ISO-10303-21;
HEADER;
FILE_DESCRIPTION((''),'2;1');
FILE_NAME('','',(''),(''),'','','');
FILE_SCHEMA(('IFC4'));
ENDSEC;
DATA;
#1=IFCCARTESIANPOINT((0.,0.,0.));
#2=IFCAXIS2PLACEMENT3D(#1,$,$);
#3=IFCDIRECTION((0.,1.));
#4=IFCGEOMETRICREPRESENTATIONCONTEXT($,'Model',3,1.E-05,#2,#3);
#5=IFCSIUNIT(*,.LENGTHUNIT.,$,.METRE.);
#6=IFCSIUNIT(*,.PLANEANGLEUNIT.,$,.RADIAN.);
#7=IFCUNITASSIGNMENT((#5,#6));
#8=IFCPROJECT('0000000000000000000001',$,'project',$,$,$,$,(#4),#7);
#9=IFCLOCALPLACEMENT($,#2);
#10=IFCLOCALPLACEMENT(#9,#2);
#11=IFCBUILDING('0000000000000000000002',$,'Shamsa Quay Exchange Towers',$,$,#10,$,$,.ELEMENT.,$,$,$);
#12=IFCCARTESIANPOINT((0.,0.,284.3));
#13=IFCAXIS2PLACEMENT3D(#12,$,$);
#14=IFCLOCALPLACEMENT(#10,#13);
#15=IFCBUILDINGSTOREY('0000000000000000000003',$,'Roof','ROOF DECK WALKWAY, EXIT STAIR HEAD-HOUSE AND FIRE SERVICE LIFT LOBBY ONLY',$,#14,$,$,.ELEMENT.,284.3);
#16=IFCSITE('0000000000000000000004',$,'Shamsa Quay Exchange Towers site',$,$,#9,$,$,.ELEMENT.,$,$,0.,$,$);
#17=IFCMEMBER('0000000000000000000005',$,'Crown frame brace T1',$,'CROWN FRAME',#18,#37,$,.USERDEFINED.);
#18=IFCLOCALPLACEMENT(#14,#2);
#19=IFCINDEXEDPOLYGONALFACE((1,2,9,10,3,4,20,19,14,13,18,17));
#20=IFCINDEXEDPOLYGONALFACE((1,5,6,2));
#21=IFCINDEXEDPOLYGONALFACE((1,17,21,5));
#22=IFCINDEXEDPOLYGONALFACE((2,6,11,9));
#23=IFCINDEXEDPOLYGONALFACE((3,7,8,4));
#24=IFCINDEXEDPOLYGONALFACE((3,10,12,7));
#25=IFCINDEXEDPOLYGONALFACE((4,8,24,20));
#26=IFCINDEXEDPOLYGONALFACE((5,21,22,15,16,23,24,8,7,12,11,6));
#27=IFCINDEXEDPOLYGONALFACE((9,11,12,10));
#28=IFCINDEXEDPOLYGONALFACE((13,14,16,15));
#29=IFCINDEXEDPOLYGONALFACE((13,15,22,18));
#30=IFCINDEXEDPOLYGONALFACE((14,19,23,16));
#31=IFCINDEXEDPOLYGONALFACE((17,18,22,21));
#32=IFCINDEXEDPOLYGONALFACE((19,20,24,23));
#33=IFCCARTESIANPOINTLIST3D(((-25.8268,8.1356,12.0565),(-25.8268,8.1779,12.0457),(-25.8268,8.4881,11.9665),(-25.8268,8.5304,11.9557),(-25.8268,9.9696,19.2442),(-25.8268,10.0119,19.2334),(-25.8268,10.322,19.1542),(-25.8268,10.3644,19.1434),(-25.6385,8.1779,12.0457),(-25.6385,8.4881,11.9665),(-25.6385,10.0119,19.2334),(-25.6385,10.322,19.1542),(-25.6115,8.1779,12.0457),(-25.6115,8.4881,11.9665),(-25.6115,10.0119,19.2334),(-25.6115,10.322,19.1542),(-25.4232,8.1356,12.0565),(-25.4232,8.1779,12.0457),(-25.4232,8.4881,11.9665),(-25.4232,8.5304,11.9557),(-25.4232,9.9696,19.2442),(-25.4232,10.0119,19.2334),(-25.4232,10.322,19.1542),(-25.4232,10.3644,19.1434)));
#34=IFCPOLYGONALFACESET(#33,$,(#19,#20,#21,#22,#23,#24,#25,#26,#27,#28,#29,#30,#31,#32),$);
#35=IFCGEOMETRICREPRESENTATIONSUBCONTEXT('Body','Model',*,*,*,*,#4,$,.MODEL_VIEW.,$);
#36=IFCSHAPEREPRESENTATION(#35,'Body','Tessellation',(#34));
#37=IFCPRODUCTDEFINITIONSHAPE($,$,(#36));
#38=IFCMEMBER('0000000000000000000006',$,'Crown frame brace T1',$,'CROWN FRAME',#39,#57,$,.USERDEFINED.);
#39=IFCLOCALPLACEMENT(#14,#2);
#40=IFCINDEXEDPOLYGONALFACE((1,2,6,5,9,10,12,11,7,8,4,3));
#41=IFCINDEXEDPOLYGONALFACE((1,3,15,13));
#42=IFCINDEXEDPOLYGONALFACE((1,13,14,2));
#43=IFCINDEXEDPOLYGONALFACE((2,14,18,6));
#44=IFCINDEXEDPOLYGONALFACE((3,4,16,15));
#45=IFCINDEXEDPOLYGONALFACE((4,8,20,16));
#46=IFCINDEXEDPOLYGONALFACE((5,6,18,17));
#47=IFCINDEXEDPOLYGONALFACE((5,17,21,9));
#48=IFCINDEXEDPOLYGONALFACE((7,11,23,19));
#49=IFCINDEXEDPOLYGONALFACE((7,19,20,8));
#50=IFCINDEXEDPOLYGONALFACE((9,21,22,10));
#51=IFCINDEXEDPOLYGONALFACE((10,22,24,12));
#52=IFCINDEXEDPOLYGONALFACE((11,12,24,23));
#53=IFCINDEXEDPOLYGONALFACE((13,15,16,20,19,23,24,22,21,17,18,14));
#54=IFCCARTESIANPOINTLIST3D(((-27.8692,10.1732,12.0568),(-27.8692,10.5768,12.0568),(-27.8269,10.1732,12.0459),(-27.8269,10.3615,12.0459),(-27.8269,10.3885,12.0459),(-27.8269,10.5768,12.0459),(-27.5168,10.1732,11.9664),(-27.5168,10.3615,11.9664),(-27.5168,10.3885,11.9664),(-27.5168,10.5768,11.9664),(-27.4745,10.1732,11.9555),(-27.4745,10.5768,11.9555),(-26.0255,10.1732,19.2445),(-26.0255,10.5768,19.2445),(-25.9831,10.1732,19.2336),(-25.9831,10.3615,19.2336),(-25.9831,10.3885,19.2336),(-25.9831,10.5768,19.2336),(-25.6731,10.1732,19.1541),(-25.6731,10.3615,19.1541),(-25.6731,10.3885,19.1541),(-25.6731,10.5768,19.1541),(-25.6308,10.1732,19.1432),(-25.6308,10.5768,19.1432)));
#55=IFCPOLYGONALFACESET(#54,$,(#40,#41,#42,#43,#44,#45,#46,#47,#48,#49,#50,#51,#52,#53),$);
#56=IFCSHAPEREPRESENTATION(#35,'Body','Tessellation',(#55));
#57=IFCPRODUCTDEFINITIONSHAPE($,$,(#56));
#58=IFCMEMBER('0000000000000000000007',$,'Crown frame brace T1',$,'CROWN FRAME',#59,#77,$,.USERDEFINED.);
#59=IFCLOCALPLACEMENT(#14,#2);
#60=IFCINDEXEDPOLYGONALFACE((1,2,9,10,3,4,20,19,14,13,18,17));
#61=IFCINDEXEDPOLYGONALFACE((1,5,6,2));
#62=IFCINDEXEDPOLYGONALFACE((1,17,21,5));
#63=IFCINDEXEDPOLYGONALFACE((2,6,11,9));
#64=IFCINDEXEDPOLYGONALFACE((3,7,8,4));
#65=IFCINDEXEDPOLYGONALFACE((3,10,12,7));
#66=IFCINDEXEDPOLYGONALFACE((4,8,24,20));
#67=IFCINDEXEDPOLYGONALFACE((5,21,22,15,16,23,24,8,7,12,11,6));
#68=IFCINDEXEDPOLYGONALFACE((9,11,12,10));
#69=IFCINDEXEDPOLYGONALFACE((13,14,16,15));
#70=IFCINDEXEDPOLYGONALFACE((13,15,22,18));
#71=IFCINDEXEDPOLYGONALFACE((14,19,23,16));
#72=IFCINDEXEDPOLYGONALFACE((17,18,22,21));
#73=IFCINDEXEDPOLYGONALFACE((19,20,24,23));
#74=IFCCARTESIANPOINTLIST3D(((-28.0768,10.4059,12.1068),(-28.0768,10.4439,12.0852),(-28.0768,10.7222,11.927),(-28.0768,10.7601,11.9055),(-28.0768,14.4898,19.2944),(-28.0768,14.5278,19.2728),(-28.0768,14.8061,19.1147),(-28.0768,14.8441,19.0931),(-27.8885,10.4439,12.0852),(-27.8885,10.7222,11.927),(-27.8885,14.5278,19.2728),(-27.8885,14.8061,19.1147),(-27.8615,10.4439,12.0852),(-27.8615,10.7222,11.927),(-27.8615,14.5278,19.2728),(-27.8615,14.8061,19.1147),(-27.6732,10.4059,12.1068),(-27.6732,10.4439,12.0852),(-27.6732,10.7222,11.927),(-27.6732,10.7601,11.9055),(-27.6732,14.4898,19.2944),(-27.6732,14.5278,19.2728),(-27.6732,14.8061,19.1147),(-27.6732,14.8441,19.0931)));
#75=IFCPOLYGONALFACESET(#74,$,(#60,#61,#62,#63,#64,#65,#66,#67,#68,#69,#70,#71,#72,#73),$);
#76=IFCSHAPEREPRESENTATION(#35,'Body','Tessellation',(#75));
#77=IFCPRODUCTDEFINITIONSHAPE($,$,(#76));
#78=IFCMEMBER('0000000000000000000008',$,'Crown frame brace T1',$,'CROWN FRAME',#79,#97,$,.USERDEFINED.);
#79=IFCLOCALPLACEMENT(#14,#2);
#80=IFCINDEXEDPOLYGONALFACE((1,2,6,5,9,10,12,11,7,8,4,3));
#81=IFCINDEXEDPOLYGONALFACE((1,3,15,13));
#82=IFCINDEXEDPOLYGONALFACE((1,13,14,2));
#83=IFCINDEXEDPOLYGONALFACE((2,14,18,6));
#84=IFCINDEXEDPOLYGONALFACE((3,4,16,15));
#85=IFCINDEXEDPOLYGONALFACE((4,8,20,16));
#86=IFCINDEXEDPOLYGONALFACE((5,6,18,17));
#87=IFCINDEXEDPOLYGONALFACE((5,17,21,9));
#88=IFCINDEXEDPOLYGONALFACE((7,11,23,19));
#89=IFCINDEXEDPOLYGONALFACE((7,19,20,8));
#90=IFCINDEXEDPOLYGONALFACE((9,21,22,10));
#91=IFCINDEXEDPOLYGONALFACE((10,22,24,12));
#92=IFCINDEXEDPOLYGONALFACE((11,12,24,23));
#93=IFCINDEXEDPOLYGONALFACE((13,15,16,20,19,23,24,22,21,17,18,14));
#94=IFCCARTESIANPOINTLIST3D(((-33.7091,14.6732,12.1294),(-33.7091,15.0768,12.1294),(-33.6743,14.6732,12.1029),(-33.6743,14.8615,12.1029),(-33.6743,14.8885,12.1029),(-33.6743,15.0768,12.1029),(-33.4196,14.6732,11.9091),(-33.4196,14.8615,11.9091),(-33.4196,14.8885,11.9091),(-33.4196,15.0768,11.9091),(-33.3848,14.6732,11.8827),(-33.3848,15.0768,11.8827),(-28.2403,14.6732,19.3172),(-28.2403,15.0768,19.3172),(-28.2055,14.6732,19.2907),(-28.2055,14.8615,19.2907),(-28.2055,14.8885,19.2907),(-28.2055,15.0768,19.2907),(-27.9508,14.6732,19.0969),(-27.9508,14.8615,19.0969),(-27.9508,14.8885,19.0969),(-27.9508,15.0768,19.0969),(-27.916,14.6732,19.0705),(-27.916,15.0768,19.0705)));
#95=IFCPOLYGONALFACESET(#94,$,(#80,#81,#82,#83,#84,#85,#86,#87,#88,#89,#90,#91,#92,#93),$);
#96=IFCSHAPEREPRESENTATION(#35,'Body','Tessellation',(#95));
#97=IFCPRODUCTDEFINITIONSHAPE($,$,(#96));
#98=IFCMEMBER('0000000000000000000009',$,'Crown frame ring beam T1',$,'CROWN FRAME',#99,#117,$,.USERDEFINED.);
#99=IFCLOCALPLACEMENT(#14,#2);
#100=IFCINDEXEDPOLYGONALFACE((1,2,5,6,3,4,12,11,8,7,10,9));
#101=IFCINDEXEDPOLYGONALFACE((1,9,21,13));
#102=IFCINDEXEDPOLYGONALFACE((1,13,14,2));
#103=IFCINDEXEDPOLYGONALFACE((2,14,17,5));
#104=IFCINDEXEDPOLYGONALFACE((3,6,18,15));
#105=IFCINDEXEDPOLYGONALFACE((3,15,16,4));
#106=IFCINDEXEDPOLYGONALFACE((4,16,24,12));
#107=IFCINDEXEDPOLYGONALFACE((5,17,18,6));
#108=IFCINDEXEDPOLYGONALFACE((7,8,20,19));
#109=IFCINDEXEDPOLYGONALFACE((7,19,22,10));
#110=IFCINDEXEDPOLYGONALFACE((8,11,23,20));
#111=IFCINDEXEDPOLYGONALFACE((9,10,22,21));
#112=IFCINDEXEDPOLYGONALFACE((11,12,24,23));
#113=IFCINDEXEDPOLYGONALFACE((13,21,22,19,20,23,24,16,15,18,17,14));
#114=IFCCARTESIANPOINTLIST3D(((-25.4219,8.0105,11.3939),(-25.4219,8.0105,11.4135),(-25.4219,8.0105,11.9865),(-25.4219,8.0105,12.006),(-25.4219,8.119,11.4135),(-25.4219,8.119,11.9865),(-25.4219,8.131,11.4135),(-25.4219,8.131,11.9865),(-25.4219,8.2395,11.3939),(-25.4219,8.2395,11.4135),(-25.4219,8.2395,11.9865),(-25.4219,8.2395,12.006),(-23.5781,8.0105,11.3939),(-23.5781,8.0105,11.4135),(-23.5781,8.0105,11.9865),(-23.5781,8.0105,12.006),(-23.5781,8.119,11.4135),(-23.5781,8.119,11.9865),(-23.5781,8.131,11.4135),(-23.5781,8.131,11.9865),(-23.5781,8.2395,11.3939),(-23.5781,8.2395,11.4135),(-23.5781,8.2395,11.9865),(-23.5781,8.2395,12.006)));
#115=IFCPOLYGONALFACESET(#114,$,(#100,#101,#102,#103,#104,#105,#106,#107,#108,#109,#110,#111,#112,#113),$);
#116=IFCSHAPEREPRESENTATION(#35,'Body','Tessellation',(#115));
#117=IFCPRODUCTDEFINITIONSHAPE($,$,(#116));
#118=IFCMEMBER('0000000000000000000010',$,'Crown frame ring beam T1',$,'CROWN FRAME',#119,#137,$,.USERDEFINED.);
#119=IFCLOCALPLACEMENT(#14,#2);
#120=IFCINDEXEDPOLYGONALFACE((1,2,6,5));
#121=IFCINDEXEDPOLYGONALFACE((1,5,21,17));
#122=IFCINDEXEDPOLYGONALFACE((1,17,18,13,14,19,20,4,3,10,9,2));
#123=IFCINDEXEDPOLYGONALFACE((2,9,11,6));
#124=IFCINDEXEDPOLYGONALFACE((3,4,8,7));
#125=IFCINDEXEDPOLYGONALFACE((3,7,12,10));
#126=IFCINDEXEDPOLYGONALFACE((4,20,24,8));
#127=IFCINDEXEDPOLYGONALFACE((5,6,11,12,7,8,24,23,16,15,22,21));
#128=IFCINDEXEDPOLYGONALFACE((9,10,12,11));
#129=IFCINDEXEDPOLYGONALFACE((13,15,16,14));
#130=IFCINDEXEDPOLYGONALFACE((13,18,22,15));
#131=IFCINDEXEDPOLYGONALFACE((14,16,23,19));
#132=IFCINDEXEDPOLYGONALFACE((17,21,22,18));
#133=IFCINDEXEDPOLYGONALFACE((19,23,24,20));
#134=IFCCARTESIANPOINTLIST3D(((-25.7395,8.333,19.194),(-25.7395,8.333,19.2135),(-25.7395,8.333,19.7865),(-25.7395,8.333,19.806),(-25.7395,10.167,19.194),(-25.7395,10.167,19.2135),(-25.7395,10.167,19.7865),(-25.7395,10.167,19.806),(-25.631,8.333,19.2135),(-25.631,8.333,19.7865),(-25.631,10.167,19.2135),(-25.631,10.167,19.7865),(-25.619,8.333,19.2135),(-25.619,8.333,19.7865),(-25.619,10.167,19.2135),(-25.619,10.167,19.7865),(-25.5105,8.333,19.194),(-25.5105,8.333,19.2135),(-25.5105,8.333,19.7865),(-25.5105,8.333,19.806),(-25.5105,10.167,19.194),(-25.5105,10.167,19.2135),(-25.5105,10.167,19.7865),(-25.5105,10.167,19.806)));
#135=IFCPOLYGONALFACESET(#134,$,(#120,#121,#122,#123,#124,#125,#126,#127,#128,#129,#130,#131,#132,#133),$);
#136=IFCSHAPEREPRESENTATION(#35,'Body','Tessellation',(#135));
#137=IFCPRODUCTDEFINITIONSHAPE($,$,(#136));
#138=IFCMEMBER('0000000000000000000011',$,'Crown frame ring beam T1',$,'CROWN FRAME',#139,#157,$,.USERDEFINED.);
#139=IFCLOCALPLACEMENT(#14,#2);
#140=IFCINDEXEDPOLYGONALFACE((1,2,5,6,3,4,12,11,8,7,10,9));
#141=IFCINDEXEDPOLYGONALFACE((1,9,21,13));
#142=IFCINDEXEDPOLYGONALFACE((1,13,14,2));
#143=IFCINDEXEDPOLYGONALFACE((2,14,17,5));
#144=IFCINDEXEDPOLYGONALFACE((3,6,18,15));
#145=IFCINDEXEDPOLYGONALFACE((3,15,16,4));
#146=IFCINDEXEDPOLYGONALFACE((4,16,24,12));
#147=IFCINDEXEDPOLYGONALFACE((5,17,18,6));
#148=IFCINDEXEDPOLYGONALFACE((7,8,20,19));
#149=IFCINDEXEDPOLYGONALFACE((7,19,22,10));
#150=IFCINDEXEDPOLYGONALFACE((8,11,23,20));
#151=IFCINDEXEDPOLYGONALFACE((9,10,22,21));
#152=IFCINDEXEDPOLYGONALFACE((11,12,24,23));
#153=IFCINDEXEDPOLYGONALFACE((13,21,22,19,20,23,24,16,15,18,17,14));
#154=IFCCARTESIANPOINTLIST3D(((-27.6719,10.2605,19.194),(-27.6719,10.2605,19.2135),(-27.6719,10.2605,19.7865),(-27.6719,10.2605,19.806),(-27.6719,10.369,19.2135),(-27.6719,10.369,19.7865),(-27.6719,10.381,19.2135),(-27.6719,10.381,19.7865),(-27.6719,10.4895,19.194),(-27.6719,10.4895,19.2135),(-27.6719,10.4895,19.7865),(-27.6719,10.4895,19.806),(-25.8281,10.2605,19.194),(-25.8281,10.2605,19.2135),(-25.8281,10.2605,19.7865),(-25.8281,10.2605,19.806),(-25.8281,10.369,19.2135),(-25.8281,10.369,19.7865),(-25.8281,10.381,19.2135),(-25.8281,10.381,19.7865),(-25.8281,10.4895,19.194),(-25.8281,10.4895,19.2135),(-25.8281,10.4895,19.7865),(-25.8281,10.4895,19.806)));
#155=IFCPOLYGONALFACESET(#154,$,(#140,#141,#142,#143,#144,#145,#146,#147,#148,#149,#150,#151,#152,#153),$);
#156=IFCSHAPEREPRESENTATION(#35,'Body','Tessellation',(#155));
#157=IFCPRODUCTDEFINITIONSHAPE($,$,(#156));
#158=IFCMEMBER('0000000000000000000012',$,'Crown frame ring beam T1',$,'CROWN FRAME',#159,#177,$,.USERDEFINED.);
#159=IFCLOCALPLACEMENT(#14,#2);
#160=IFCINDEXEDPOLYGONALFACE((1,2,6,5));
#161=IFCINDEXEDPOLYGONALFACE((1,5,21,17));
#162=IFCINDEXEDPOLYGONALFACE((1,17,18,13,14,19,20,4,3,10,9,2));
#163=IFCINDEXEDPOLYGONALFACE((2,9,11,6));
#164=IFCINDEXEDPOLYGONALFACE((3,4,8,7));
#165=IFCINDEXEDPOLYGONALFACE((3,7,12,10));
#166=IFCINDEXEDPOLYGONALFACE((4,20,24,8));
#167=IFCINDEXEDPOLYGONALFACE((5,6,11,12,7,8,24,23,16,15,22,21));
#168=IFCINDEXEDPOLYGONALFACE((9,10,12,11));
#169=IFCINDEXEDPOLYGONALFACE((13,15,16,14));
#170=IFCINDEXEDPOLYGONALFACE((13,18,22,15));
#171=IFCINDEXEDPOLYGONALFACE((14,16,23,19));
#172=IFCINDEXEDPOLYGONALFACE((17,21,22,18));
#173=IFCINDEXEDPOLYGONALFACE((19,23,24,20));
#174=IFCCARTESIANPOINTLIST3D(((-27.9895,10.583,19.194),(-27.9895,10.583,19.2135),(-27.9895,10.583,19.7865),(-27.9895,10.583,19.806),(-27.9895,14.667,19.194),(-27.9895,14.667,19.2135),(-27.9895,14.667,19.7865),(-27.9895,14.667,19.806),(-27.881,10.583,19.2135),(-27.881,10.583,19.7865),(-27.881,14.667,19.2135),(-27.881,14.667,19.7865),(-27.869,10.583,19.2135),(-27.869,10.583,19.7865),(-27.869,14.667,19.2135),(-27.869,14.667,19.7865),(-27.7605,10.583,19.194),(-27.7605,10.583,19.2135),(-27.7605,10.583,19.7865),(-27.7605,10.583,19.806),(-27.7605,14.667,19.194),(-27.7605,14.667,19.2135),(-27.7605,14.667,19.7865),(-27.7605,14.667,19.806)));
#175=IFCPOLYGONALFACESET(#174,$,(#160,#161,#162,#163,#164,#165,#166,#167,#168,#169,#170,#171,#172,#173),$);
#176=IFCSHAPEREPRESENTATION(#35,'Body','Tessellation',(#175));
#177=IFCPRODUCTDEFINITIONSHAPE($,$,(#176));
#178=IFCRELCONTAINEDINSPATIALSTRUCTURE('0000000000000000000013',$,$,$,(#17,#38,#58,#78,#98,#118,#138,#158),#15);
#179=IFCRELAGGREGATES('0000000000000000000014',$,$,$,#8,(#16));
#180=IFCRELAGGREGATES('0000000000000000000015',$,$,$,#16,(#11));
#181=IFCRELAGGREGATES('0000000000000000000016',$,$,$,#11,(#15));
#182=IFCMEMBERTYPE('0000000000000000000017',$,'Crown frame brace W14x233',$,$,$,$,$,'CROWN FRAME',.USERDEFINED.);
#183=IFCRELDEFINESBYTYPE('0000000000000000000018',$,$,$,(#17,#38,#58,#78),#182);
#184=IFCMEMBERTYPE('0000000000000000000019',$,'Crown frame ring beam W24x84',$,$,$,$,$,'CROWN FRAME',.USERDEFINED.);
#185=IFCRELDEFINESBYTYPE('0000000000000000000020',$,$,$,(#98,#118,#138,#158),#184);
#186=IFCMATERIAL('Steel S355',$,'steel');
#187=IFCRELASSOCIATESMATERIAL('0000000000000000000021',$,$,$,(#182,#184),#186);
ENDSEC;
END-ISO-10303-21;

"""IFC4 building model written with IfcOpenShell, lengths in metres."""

from ifc_helpers import new_model, si_unit, direction, frame, origin, origin_2d, place, context, subcontext, project, spatial, i_section, extrude, material, material_profile, profile_set, type_object, element, save


model = new_model("IFC4")

# Units and contexts
model_context = context("Model", 3, precision=1e-05, world=origin(), true_north=direction((0.0, 1.0)))
body_context = subcontext(model_context, "Body", "Model", "MODEL_VIEW")
ifc_project = project(units=[si_unit("LENGTHUNIT", "METRE"), si_unit("PLANEANGLEUNIT", "RADIAN")], contexts=[model_context])

# Site, building, storey
site_placement = place(None, origin())
site = spatial("IfcSite", under=ifc_project, at=site_placement, Name="Shamsa Quay Exchange Towers site", CompositionType="ELEMENT", RefElevation=0.0)
building_placement = place(site_placement, origin())
building = spatial("IfcBuilding", under=site, at=building_placement, Name="Shamsa Quay Exchange Towers", CompositionType="ELEMENT")
storey_placement = place(building_placement, frame((0.0, 0.0, 284.3)))
storey = spatial("IfcBuildingStorey", under=building, at=storey_placement, Name="Roof", Description="ROOF DECK WALKWAY, EXIT STAIR HEAD-HOUSE AND FIRE SERVICE LIFT LOBBY ONLY", CompositionType="ELEMENT", Elevation=284.3)

# Members
ifc_material_1 = material(Name="Steel S355", Category="steel")
ifc_material_profile_1 = material_profile(ifc_material_1, i_section(OverallWidth=0.4036, OverallDepth=0.4075, WebThickness=0.0271, FlangeThickness=0.0437, at=origin_2d()), Name="W14x233")
ifc_profile_set_1 = profile_set([ifc_material_profile_1], Name="Steel S355")
member_type_1 = type_object("IfcMemberType", Name="Crown frame brace W14x233", ElementType="CROWN FRAME", PredefinedType="USERDEFINED", material=ifc_profile_set_1)
member_1_placement = place(storey_placement, frame((-25.625, 8.333, 12.0061), z_axis=(0.0, 0.247233, 0.968956), x_axis=(-1.0, 0.0, 0.0)))
element("IfcMember", 1, at=member_1_placement, inside=storey, type_object=member_type_1, Name="Crown frame brace T1", ObjectType="CROWN FRAME", PredefinedType="USERDEFINED", context=body_context, shape_type="SweptSolid", body=[
    extrude(i_section(OverallWidth=0.4036, OverallDepth=0.4075, WebThickness=0.0271, FlangeThickness=0.0437, at=origin_2d()), origin(), (0.0, 0.0, 1.0), 7.418),
])
member_2_placement = place(storey_placement, frame((-25.8281, 10.375, 19.1938), z_axis=(-0.248469, 0.0, -0.96864), x_axis=(0.0, -1.0, 0.0)))
element("IfcMember", 2, at=member_2_placement, inside=storey, type_object=member_type_1, Name="Crown frame brace T1", ObjectType="CROWN FRAME", PredefinedType="USERDEFINED", context=body_context, shape_type="SweptSolid", body=[
    extrude(i_section(OverallWidth=0.4036, OverallDepth=0.4075, WebThickness=0.0271, FlangeThickness=0.0437, at=origin_2d()), origin(), (0.0, 0.0, 1.0), 7.4204),
])
member_3_placement = place(storey_placement, frame((-27.875, 10.583, 12.0061), z_axis=(0.0, 0.494013, 0.869455), x_axis=(-1.0, 0.0, 0.0)))
element("IfcMember", 3, at=member_3_placement, inside=storey, type_object=member_type_1, Name="Crown frame brace T1", ObjectType="CROWN FRAME", PredefinedType="USERDEFINED", context=body_context, shape_type="SweptSolid", body=[
    extrude(i_section(OverallWidth=0.4036, OverallDepth=0.4075, WebThickness=0.0271, FlangeThickness=0.0437, at=origin_2d()), origin(), (0.0, 0.0, 1.0), 8.2668),
])
member_4_placement = place(storey_placement, frame((-28.0781, 14.875, 19.1938), z_axis=(-0.605509, 0.0, -0.795839), x_axis=(0.0, -1.0, 0.0)))
element("IfcMember", 4, at=member_4_placement, inside=storey, type_object=member_type_1, Name="Crown frame brace T1", ObjectType="CROWN FRAME", PredefinedType="USERDEFINED", context=body_context, shape_type="SweptSolid", body=[
    extrude(i_section(OverallWidth=0.4036, OverallDepth=0.4075, WebThickness=0.0271, FlangeThickness=0.0437, at=origin_2d()), origin(), (0.0, 0.0, 1.0), 9.0317),
])
ifc_material_profile_2 = material_profile(ifc_material_1, i_section(OverallWidth=0.229, OverallDepth=0.6121, WebThickness=0.012, FlangeThickness=0.0195, at=origin_2d()), Name="W24x84")
ifc_profile_set_2 = profile_set([ifc_material_profile_2], Name="Steel S355")
member_type_2 = type_object("IfcMemberType", Name="Crown frame ring beam W24x84", ElementType="CROWN FRAME", PredefinedType="USERDEFINED", material=ifc_profile_set_2)
member_5_placement = place(storey_placement, frame((-23.5781, 8.125, 11.7), z_axis=(-1.0, 0.0, 0.0), x_axis=(0.0, -1.0, 0.0)))
element("IfcMember", 5, at=member_5_placement, inside=storey, type_object=member_type_2, Name="Crown frame ring beam T1", ObjectType="CROWN FRAME", PredefinedType="USERDEFINED", context=body_context, shape_type="SweptSolid", body=[
    extrude(i_section(OverallWidth=0.229, OverallDepth=0.6121, WebThickness=0.012, FlangeThickness=0.0195, at=origin_2d()), origin(), (0.0, 0.0, 1.0), 1.8438),
])
member_6_placement = place(storey_placement, frame((-25.625, 8.333, 19.5), z_axis=(0.0, 1.0, 0.0), x_axis=(-1.0, 0.0, 0.0)))
element("IfcMember", 6, at=member_6_placement, inside=storey, type_object=member_type_2, Name="Crown frame ring beam T1", ObjectType="CROWN FRAME", PredefinedType="USERDEFINED", context=body_context, shape_type="SweptSolid", body=[
    extrude(i_section(OverallWidth=0.229, OverallDepth=0.6121, WebThickness=0.012, FlangeThickness=0.0195, at=origin_2d()), origin(), (0.0, 0.0, 1.0), 1.834),
])
member_7_placement = place(storey_placement, frame((-25.8281, 10.375, 19.5), z_axis=(-1.0, 0.0, 0.0), x_axis=(0.0, -1.0, 0.0)))
element("IfcMember", 7, at=member_7_placement, inside=storey, type_object=member_type_2, Name="Crown frame ring beam T1", ObjectType="CROWN FRAME", PredefinedType="USERDEFINED", context=body_context, shape_type="SweptSolid", body=[
    extrude(i_section(OverallWidth=0.229, OverallDepth=0.6121, WebThickness=0.012, FlangeThickness=0.0195, at=origin_2d()), origin(), (0.0, 0.0, 1.0), 1.8438),
])
member_8_placement = place(storey_placement, frame((-27.875, 10.583, 19.5), z_axis=(0.0, 1.0, 0.0), x_axis=(-1.0, 0.0, 0.0)))
element("IfcMember", 8, at=member_8_placement, inside=storey, type_object=member_type_2, Name="Crown frame ring beam T1", ObjectType="CROWN FRAME", PredefinedType="USERDEFINED", context=body_context, shape_type="SweptSolid", body=[
    extrude(i_section(OverallWidth=0.229, OverallDepth=0.6121, WebThickness=0.012, FlangeThickness=0.0195, at=origin_2d()), origin(), (0.0, 0.0, 1.0), 4.084),
])

save(model, "model.ifc")
